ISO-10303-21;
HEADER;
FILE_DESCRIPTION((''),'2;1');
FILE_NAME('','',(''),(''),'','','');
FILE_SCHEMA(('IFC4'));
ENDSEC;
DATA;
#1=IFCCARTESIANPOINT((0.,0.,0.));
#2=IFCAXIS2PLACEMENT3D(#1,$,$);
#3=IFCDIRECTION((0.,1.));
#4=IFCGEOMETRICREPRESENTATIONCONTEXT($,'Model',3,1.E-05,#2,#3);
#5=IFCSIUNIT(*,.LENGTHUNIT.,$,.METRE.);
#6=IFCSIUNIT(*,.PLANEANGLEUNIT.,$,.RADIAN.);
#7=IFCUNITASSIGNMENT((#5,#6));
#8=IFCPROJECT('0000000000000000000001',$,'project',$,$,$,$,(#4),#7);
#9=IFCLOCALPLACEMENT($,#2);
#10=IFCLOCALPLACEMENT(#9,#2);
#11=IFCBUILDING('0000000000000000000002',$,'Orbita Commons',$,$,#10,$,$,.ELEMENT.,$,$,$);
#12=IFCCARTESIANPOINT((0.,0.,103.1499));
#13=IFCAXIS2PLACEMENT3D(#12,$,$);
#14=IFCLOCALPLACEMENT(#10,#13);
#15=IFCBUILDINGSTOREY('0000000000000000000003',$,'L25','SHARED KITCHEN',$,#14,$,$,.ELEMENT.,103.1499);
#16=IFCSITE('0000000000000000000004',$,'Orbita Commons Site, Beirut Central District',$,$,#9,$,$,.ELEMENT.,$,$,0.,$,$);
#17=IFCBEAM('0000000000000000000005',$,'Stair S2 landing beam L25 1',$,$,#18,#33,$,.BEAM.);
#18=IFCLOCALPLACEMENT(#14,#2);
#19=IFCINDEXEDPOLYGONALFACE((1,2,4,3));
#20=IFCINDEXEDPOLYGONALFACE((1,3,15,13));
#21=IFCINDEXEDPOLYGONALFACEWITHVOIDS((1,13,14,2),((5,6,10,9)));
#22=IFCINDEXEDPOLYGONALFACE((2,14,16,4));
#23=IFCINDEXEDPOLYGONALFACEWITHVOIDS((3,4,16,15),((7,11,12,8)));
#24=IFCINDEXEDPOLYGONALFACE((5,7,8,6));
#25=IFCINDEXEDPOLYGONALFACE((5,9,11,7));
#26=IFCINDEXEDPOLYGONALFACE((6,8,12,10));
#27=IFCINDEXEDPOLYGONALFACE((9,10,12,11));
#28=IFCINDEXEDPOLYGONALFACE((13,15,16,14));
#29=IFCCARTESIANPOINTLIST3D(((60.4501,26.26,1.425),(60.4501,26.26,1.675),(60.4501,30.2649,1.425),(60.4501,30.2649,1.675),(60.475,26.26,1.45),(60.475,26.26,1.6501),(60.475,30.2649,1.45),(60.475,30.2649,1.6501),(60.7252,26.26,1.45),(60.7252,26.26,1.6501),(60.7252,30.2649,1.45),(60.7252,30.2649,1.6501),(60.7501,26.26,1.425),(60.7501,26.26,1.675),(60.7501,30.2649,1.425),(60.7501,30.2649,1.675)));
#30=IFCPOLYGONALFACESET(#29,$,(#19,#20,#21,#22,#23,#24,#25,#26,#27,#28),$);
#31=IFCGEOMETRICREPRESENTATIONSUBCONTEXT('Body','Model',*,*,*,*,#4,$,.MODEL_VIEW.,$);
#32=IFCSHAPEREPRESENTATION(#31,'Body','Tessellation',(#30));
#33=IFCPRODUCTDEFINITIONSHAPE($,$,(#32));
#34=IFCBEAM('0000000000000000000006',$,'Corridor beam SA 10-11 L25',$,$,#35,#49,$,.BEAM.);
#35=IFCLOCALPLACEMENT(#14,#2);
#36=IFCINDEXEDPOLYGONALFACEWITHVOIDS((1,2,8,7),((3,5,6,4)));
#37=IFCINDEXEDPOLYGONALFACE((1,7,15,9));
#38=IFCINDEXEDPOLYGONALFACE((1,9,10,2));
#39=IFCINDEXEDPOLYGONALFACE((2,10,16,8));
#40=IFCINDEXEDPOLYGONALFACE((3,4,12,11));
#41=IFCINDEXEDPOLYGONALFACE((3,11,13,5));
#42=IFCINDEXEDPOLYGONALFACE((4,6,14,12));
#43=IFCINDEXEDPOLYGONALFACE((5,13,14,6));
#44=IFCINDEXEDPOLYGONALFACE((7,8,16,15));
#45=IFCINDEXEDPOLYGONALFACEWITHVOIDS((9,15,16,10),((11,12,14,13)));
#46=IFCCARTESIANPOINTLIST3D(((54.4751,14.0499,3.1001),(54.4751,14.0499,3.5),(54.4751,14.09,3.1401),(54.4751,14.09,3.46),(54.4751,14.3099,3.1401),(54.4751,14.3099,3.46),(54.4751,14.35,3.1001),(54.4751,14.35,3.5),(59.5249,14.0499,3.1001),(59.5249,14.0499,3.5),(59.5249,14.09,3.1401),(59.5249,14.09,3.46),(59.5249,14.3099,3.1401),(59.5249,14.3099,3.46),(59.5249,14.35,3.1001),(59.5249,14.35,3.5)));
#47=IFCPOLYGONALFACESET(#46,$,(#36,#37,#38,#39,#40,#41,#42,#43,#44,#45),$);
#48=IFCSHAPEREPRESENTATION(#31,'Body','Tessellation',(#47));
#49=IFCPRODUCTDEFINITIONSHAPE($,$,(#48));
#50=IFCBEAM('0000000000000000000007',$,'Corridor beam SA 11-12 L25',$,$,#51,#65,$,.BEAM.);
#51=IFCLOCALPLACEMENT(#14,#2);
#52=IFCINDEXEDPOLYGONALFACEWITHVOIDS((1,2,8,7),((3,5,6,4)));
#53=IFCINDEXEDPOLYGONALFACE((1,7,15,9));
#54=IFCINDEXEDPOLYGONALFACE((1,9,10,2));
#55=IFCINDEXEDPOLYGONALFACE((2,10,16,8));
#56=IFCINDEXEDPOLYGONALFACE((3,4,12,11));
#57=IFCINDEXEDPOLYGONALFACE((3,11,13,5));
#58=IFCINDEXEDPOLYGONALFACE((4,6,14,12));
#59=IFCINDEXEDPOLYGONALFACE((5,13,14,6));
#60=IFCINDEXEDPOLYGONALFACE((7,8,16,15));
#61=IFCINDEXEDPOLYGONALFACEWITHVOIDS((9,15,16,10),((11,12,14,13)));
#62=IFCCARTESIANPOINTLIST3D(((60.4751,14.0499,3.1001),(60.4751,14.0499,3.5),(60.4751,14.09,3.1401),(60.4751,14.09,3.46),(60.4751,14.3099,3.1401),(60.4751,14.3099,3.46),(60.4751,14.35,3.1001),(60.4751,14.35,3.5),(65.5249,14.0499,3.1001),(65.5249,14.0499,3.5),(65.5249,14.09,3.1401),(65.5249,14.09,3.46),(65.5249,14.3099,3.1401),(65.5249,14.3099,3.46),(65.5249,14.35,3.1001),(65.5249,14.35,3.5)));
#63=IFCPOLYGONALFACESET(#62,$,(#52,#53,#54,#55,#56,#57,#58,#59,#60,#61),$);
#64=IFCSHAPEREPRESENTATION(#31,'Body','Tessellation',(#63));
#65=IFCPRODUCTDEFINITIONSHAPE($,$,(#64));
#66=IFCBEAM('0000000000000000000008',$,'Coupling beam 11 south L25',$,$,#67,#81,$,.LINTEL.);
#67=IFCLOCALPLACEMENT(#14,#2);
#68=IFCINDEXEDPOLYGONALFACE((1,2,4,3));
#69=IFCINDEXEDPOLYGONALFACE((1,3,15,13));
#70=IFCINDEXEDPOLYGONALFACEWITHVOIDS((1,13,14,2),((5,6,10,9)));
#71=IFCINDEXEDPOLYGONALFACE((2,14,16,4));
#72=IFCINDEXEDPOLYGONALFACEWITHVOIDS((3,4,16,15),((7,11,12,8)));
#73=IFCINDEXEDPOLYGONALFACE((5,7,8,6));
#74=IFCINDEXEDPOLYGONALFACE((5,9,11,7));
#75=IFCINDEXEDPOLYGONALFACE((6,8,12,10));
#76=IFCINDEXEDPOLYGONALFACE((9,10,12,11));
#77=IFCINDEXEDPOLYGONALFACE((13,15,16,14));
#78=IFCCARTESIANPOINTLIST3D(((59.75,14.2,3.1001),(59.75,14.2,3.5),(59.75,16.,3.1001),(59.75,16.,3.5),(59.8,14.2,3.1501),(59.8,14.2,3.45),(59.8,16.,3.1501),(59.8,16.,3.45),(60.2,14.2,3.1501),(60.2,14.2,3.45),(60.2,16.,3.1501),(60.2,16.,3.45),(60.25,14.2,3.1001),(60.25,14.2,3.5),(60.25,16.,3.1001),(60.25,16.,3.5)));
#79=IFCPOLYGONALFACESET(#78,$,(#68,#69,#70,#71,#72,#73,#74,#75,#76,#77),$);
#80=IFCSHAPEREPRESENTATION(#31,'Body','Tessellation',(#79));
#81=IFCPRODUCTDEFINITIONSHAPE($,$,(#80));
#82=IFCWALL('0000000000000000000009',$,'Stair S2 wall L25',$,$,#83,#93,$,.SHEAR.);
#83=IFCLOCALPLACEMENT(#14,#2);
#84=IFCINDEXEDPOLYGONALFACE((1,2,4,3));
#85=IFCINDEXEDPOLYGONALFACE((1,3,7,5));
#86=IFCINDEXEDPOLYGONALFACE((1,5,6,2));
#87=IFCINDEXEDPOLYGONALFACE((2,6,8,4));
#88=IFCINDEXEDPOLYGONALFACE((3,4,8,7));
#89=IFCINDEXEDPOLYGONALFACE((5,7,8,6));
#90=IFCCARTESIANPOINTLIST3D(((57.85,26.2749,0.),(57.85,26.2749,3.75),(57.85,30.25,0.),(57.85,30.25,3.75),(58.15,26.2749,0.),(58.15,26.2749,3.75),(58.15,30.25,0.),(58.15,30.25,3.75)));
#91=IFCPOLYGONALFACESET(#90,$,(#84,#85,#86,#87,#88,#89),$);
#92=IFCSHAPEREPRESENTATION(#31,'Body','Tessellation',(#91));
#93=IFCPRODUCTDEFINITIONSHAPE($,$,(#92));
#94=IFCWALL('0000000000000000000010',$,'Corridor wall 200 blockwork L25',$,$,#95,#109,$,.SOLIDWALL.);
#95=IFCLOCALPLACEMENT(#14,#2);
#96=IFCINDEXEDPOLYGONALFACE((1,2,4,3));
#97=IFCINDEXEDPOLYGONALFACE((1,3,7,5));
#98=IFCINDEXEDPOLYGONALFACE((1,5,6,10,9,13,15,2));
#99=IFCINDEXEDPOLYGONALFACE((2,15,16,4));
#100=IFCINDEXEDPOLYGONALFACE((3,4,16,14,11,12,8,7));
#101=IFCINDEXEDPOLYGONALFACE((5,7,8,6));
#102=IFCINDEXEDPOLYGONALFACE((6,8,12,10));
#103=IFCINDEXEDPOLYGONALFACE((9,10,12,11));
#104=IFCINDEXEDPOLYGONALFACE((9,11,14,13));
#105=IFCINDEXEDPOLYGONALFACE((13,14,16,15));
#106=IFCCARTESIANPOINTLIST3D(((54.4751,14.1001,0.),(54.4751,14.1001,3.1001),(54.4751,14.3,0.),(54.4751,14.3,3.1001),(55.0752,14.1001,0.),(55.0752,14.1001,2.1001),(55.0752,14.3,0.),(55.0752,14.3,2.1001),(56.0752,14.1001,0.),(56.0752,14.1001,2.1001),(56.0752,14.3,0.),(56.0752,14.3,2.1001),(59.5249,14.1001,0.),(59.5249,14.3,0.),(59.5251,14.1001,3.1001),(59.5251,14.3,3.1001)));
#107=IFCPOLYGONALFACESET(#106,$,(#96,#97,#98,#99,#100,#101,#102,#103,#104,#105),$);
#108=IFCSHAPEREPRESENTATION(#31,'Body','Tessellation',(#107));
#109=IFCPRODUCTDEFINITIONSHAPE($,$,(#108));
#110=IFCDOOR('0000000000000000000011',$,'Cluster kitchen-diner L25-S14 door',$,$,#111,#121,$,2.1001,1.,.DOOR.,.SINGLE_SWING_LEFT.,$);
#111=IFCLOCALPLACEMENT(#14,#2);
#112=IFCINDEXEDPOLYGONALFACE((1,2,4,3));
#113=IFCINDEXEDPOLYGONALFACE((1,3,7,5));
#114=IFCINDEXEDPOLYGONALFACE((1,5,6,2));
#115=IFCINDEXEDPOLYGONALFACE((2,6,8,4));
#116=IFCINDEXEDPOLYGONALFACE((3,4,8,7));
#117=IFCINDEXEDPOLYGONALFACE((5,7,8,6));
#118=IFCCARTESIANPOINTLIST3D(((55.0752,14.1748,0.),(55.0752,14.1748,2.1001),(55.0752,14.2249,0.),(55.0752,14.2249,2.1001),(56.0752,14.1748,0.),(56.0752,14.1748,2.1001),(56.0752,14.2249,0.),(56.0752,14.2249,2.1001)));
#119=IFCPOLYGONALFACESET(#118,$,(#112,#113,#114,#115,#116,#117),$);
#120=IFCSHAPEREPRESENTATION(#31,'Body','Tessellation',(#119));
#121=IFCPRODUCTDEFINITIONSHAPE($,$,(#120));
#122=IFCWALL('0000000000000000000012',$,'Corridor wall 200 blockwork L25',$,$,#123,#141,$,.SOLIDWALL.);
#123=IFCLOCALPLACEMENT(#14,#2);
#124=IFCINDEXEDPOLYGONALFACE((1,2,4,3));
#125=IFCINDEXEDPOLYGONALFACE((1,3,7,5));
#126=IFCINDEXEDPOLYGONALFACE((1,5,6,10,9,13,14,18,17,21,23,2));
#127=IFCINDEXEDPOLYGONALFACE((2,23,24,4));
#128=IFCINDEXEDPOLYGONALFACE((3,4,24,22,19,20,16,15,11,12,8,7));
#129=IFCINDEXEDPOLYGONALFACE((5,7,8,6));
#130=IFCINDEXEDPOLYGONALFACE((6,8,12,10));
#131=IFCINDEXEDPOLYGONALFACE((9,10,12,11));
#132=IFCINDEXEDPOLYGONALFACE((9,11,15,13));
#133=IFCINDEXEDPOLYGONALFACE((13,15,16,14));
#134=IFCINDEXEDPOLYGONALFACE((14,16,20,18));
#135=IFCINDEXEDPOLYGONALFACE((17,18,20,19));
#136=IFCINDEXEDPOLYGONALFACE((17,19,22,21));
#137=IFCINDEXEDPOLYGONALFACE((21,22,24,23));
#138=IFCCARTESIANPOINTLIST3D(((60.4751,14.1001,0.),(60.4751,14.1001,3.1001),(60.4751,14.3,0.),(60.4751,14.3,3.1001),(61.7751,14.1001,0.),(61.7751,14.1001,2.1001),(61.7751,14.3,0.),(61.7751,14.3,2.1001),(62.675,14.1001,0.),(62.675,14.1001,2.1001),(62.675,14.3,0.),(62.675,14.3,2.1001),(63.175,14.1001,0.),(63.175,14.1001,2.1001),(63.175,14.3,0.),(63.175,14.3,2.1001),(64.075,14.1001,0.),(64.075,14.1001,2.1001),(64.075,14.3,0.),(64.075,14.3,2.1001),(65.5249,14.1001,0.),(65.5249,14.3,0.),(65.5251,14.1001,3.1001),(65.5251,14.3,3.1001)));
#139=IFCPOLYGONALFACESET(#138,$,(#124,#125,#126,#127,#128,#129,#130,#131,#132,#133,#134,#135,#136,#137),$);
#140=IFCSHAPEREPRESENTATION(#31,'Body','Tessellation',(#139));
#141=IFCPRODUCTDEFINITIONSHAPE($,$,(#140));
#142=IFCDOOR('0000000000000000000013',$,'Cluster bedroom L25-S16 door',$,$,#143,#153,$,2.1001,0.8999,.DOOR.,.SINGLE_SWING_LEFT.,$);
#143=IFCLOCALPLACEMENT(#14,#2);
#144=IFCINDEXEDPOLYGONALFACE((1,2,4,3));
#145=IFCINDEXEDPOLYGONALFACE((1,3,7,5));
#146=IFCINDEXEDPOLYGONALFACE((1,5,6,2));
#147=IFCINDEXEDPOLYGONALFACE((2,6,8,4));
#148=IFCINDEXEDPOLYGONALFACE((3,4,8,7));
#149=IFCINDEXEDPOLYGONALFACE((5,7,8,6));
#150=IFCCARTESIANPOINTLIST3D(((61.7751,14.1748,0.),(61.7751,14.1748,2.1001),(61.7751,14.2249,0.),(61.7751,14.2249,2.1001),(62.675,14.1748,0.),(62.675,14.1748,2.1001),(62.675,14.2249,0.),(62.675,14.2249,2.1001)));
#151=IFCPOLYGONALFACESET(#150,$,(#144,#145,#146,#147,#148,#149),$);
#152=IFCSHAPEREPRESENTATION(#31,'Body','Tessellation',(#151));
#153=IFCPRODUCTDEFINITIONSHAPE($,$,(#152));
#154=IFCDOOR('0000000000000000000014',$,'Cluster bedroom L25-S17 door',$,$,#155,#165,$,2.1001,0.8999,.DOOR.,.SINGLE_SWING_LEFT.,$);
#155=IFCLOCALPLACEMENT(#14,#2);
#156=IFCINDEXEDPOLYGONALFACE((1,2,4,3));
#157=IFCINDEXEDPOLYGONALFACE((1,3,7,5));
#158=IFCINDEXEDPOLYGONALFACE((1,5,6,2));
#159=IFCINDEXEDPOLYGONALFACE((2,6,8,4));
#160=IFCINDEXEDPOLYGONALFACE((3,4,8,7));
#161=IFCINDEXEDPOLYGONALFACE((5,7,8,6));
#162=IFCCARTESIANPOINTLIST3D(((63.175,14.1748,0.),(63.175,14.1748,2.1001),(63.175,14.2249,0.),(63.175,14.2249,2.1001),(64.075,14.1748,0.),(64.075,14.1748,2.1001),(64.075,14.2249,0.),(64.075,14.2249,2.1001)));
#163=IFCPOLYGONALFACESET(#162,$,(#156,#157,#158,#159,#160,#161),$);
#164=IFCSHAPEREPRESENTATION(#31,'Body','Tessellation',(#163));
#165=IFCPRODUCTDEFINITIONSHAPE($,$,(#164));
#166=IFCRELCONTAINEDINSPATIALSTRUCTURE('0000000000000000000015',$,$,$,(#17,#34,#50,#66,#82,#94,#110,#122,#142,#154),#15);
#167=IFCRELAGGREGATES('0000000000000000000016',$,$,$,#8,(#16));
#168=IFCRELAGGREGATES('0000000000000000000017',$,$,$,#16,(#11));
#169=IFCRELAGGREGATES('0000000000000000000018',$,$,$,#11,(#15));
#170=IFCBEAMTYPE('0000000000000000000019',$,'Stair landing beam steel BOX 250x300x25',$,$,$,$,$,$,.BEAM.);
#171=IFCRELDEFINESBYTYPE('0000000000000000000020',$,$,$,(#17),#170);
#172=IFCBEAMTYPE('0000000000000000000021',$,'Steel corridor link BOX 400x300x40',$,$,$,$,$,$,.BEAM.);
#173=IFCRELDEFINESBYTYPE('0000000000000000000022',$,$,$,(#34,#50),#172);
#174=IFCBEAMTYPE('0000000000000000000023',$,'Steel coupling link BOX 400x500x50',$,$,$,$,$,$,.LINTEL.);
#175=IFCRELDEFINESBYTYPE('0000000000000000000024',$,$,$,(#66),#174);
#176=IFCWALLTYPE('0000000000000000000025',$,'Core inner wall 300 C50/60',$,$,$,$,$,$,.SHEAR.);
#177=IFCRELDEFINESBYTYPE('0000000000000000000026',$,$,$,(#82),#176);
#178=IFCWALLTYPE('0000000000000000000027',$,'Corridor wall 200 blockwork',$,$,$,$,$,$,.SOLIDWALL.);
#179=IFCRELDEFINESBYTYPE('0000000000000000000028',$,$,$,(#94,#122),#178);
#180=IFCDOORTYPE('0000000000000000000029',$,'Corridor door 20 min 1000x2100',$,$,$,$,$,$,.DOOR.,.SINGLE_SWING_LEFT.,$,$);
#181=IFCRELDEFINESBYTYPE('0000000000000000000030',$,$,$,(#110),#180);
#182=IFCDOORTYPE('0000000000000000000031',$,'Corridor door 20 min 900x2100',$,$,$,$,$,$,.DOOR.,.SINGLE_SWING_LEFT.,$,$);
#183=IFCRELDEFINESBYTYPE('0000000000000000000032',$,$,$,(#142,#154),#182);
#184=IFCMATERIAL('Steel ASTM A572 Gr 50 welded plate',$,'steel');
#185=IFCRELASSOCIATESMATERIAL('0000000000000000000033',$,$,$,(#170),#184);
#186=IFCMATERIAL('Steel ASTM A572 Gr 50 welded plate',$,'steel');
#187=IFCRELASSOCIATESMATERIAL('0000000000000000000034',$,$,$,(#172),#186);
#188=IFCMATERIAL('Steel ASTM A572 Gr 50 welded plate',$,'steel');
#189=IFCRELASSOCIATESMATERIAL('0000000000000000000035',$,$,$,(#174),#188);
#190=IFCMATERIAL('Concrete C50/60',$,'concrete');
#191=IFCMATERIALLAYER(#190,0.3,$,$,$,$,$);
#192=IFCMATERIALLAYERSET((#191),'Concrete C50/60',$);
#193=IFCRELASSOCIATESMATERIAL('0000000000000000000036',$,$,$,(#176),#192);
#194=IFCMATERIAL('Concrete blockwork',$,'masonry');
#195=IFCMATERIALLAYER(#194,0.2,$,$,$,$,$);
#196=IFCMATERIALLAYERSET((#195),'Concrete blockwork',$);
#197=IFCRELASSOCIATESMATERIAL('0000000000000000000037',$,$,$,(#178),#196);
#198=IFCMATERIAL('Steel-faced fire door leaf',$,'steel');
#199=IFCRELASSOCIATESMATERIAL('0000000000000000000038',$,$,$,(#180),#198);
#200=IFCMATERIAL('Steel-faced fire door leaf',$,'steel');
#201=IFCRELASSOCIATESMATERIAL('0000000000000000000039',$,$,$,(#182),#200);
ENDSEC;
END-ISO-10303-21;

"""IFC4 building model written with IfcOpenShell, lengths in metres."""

from ifc_helpers import new_model, si_unit, direction, frame, frame_2d, origin, origin_2d, place, context, subcontext, project, spatial, polyline, rectangle, hollow_rectangle, outline, extrude, material, layer, layer_set, material_profile, profile_set, type_object, element, fill, save


model = new_model("IFC4")

# Units and contexts
model_context = context("Model", 3, precision=1e-05, world=origin(), true_north=direction((0.0, 1.0)))
body_context = subcontext(model_context, "Body", "Model", "MODEL_VIEW")
ifc_project = project(units=[si_unit("LENGTHUNIT", "METRE"), si_unit("PLANEANGLEUNIT", "RADIAN")], contexts=[model_context])

# Site, building, storey
site_placement = place(None, origin())
site = spatial("IfcSite", under=ifc_project, at=site_placement, Name="Orbita Commons Site, Beirut Central District", CompositionType="ELEMENT", RefElevation=0.0)
building_placement = place(site_placement, origin())
building = spatial("IfcBuilding", under=site, at=building_placement, Name="Orbita Commons", CompositionType="ELEMENT")
storey_placement = place(building_placement, frame((0.0, 0.0, 103.1499)))
storey = spatial("IfcBuildingStorey", under=building, at=storey_placement, Name="L25", Description="SHARED KITCHEN", CompositionType="ELEMENT", Elevation=103.1499)

# Beams
ifc_material_1 = material(Name="Steel ASTM A572 Gr 50 welded plate", Category="steel")
ifc_material_profile_1 = material_profile(ifc_material_1, hollow_rectangle(XDim=0.3, YDim=0.25, WallThickness=0.0249, at=origin_2d()), Name="BOX 250x300x25")
ifc_profile_set_1 = profile_set([ifc_material_profile_1], Name="Steel ASTM A572 Gr 50 welded plate")
beam_type_1 = type_object("IfcBeamType", Name="Stair landing beam steel BOX 250x300x25", PredefinedType="BEAM", material=ifc_profile_set_1)
beam_1_placement = place(storey_placement, frame((60.6001, 26.26, 1.55), z_axis=(0.0, 1.0, 0.0), x_axis=(-1.0, 0.0, 0.0)))
element("IfcBeam", 1, at=beam_1_placement, inside=storey, type_object=beam_type_1, Name="Stair S2 landing beam L25 1", PredefinedType="BEAM", context=body_context, shape_type="SweptSolid", body=[
    extrude(hollow_rectangle(XDim=0.3, YDim=0.25, WallThickness=0.0249, at=origin_2d()), origin(), (0.0, 0.0, 1.0), 4.0049),
])
ifc_material_2 = material(Name="Steel ASTM A572 Gr 50 welded plate", Category="steel")
ifc_material_profile_2 = material_profile(ifc_material_2, hollow_rectangle(XDim=0.3, YDim=0.3999, WallThickness=0.04, at=origin_2d()), Name="BOX 400x300x40")
ifc_profile_set_2 = profile_set([ifc_material_profile_2], Name="Steel ASTM A572 Gr 50 welded plate")
beam_type_2 = type_object("IfcBeamType", Name="Steel corridor link BOX 400x300x40", PredefinedType="BEAM", material=ifc_profile_set_2)
for number, where, z_axis, x_axis, name in (
    (2, (54.4751, 14.2, 3.3), (1.0, 0.0, 0.0), (0.0, 1.0, 0.0), "Corridor beam SA 10-11 L25"),
    (3, (60.4751, 14.2, 3.3), (1.0, 0.0, 0.0), (0.0, 1.0, 0.0), "Corridor beam SA 11-12 L25"),
):
    element("IfcBeam", number, at=place(storey_placement, frame(where, z_axis=z_axis, x_axis=x_axis)), inside=storey, type_object=beam_type_2, Name=name, PredefinedType="BEAM", context=body_context, shape_type="SweptSolid", body=[
        extrude(hollow_rectangle(XDim=0.3, YDim=0.3999, WallThickness=0.04, at=origin_2d()), origin(), (0.0, 0.0, 1.0), 5.0498),
    ])
ifc_material_3 = material(Name="Steel ASTM A572 Gr 50 welded plate", Category="steel")
ifc_material_profile_3 = material_profile(ifc_material_3, hollow_rectangle(XDim=0.5, YDim=0.3999, WallThickness=0.05, at=origin_2d()), Name="BOX 400x500x50")
ifc_profile_set_3 = profile_set([ifc_material_profile_3], Name="Steel ASTM A572 Gr 50 welded plate")
beam_type_3 = type_object("IfcBeamType", Name="Steel coupling link BOX 400x500x50", PredefinedType="LINTEL", material=ifc_profile_set_3)
beam_2_placement = place(storey_placement, frame((60.0, 14.2, 3.3), z_axis=(0.0, 1.0, 0.0), x_axis=(-1.0, 0.0, 0.0)))
element("IfcBeam", 4, at=beam_2_placement, inside=storey, type_object=beam_type_3, Name="Coupling beam 11 south L25", PredefinedType="LINTEL", context=body_context, shape_type="SweptSolid", body=[
    extrude(hollow_rectangle(XDim=0.5, YDim=0.3999, WallThickness=0.05, at=origin_2d()), origin(), (0.0, 0.0, 1.0), 1.8),
])

# Wall
ifc_material_4 = material(Name="Concrete C50/60", Category="concrete")
ifc_layer_1 = layer(ifc_material_4, 0.3)
ifc_layer_set_1 = layer_set([ifc_layer_1], Name="Concrete C50/60")
wall_type_1 = type_object("IfcWallType", Name="Core inner wall 300 C50/60", PredefinedType="SHEAR", material=ifc_layer_set_1)
wall_1_placement = place(storey_placement, frame((58.0, 26.2749, 0.0), z_axis=(0.0, 0.0, 1.0), x_axis=(0.0, 1.0, 0.0)))
element("IfcWall", 5, at=wall_1_placement, inside=storey, type_object=wall_type_1, Name="Stair S2 wall L25", PredefinedType="SHEAR", context=body_context, shape_type="SweptSolid", body=[
    extrude(rectangle(XDim=3.9751, YDim=0.3, at=frame_2d((1.9875, 0.0))), origin(), (0.0, 0.0, 1.0), 3.75),
])

# Wall, opening, door
ifc_material_5 = material(Name="Concrete blockwork", Category="masonry")
ifc_layer_2 = layer(ifc_material_5, 0.2)
ifc_layer_set_2 = layer_set([ifc_layer_2], Name="Concrete blockwork")
wall_type_2 = type_object("IfcWallType", Name="Corridor wall 200 blockwork", PredefinedType="SOLIDWALL", material=ifc_layer_set_2)
wall_2_placement = place(storey_placement, frame((54.4751, 14.2, 0.0), z_axis=(0.0, 0.0, 1.0), x_axis=(1.0, 0.0, 0.0)))
wall_2 = element("IfcWall", 6, at=wall_2_placement, inside=storey, type_object=wall_type_2, Name="Corridor wall 200 blockwork L25", PredefinedType="SOLIDWALL", context=body_context, shape_type="SweptSolid", body=[
    extrude(outline(polyline([(0.0, 0.0), (5.0498, 0.0), (5.05, 3.1001), (0.0, 3.1001), (0.0, 0.0)])), frame((0.0, 0.1001, 0.0), z_axis=(0.0, -1.0, 0.0), x_axis=(1.0, 0.0, 0.0)), (0.0, 0.0, 1.0), 0.2),
])
opening_1_placement = place(wall_2_placement, frame((0.6001, 0.0, 0.0)))
opening_1 = element("IfcOpeningElement", 7, at=opening_1_placement, cuts=wall_2, PredefinedType="OPENING", context=body_context, shape_type="SweptSolid", body=[
    extrude(rectangle(XDim=1.0, YDim=2.1001, at=frame_2d((0.5, 1.05))), frame((0.0, 0.1099, 0.0), z_axis=(0.0, -1.0, 0.0), x_axis=(1.0, 0.0, 0.0)), (0.0, 0.0, 1.0), 0.22),
])
ifc_material_6 = material(Name="Steel-faced fire door leaf", Category="steel")
door_type_1 = type_object("IfcDoorType", Name="Corridor door 20 min 1000x2100", OperationType="SINGLE_SWING_LEFT", PredefinedType="DOOR", material=ifc_material_6)
door_1_placement = place(opening_1_placement, origin())
door_1 = element("IfcDoor", 8, at=door_1_placement, inside=storey, type_object=door_type_1, Name="Cluster kitchen-diner L25-S14 door", OperationType="SINGLE_SWING_LEFT", OverallHeight=2.1001, OverallWidth=1.0, PredefinedType="DOOR", context=body_context, shape_type="SweptSolid", body=[
    extrude(rectangle(XDim=1.0, YDim=2.1001, at=frame_2d((0.5, 1.05))), frame((0.0, 0.0249, 0.0), z_axis=(0.0, -1.0, 0.0), x_axis=(1.0, 0.0, 0.0)), (0.0, 0.0, 1.0), 0.05),
])
fill(opening_1, door_1)

# Wall, openings, doors
wall_3_placement = place(storey_placement, frame((60.4751, 14.2, 0.0), z_axis=(0.0, 0.0, 1.0), x_axis=(1.0, 0.0, 0.0)))
wall_3 = element("IfcWall", 9, at=wall_3_placement, inside=storey, type_object=wall_type_2, Name="Corridor wall 200 blockwork L25", PredefinedType="SOLIDWALL", context=body_context, shape_type="SweptSolid", body=[
    extrude(outline(polyline([(0.0, 0.0), (5.0498, 0.0), (5.05, 3.1001), (0.0, 3.1001), (0.0, 0.0)])), frame((0.0, 0.1001, 0.0), z_axis=(0.0, -1.0, 0.0), x_axis=(1.0, 0.0, 0.0)), (0.0, 0.0, 1.0), 0.2),
])
opening_2_placement = place(wall_3_placement, frame((1.3, 0.0, 0.0)))
opening_2 = element("IfcOpeningElement", 10, at=opening_2_placement, cuts=wall_3, PredefinedType="OPENING", context=body_context, shape_type="SweptSolid", body=[
    extrude(rectangle(XDim=0.8999, YDim=2.1001, at=frame_2d((0.45, 1.05))), frame((0.0, 0.1099, 0.0), z_axis=(0.0, -1.0, 0.0), x_axis=(1.0, 0.0, 0.0)), (0.0, 0.0, 1.0), 0.22),
])
opening_3_placement = place(wall_3_placement, frame((2.7, 0.0, 0.0)))
opening_3 = element("IfcOpeningElement", 11, at=opening_3_placement, cuts=wall_3, PredefinedType="OPENING", context=body_context, shape_type="SweptSolid", body=[
    extrude(rectangle(XDim=0.8999, YDim=2.1001, at=frame_2d((0.45, 1.05))), frame((0.0, 0.1099, 0.0), z_axis=(0.0, -1.0, 0.0), x_axis=(1.0, 0.0, 0.0)), (0.0, 0.0, 1.0), 0.22),
])
ifc_material_7 = material(Name="Steel-faced fire door leaf", Category="steel")
door_type_2 = type_object("IfcDoorType", Name="Corridor door 20 min 900x2100", OperationType="SINGLE_SWING_LEFT", PredefinedType="DOOR", material=ifc_material_7)
door_2_placement = place(opening_2_placement, origin())
door_2 = element("IfcDoor", 12, at=door_2_placement, inside=storey, type_object=door_type_2, Name="Cluster bedroom L25-S16 door", OperationType="SINGLE_SWING_LEFT", OverallHeight=2.1001, OverallWidth=0.8999, PredefinedType="DOOR", context=body_context, shape_type="SweptSolid", body=[
    extrude(rectangle(XDim=0.8999, YDim=2.1001, at=frame_2d((0.45, 1.05))), frame((0.0, 0.0249, 0.0), z_axis=(0.0, -1.0, 0.0), x_axis=(1.0, 0.0, 0.0)), (0.0, 0.0, 1.0), 0.05),
])
fill(opening_2, door_2)
door_3_placement = place(opening_3_placement, origin())
door_3 = element("IfcDoor", 13, at=door_3_placement, inside=storey, type_object=door_type_2, Name="Cluster bedroom L25-S17 door", OperationType="SINGLE_SWING_LEFT", OverallHeight=2.1001, OverallWidth=0.8999, PredefinedType="DOOR", context=body_context, shape_type="SweptSolid", body=[
    extrude(rectangle(XDim=0.8999, YDim=2.1001, at=frame_2d((0.45, 1.05))), frame((0.0, 0.0249, 0.0), z_axis=(0.0, -1.0, 0.0), x_axis=(1.0, 0.0, 0.0)), (0.0, 0.0, 1.0), 0.05),
])
fill(opening_3, door_3)

save(model, "model.ifc")
